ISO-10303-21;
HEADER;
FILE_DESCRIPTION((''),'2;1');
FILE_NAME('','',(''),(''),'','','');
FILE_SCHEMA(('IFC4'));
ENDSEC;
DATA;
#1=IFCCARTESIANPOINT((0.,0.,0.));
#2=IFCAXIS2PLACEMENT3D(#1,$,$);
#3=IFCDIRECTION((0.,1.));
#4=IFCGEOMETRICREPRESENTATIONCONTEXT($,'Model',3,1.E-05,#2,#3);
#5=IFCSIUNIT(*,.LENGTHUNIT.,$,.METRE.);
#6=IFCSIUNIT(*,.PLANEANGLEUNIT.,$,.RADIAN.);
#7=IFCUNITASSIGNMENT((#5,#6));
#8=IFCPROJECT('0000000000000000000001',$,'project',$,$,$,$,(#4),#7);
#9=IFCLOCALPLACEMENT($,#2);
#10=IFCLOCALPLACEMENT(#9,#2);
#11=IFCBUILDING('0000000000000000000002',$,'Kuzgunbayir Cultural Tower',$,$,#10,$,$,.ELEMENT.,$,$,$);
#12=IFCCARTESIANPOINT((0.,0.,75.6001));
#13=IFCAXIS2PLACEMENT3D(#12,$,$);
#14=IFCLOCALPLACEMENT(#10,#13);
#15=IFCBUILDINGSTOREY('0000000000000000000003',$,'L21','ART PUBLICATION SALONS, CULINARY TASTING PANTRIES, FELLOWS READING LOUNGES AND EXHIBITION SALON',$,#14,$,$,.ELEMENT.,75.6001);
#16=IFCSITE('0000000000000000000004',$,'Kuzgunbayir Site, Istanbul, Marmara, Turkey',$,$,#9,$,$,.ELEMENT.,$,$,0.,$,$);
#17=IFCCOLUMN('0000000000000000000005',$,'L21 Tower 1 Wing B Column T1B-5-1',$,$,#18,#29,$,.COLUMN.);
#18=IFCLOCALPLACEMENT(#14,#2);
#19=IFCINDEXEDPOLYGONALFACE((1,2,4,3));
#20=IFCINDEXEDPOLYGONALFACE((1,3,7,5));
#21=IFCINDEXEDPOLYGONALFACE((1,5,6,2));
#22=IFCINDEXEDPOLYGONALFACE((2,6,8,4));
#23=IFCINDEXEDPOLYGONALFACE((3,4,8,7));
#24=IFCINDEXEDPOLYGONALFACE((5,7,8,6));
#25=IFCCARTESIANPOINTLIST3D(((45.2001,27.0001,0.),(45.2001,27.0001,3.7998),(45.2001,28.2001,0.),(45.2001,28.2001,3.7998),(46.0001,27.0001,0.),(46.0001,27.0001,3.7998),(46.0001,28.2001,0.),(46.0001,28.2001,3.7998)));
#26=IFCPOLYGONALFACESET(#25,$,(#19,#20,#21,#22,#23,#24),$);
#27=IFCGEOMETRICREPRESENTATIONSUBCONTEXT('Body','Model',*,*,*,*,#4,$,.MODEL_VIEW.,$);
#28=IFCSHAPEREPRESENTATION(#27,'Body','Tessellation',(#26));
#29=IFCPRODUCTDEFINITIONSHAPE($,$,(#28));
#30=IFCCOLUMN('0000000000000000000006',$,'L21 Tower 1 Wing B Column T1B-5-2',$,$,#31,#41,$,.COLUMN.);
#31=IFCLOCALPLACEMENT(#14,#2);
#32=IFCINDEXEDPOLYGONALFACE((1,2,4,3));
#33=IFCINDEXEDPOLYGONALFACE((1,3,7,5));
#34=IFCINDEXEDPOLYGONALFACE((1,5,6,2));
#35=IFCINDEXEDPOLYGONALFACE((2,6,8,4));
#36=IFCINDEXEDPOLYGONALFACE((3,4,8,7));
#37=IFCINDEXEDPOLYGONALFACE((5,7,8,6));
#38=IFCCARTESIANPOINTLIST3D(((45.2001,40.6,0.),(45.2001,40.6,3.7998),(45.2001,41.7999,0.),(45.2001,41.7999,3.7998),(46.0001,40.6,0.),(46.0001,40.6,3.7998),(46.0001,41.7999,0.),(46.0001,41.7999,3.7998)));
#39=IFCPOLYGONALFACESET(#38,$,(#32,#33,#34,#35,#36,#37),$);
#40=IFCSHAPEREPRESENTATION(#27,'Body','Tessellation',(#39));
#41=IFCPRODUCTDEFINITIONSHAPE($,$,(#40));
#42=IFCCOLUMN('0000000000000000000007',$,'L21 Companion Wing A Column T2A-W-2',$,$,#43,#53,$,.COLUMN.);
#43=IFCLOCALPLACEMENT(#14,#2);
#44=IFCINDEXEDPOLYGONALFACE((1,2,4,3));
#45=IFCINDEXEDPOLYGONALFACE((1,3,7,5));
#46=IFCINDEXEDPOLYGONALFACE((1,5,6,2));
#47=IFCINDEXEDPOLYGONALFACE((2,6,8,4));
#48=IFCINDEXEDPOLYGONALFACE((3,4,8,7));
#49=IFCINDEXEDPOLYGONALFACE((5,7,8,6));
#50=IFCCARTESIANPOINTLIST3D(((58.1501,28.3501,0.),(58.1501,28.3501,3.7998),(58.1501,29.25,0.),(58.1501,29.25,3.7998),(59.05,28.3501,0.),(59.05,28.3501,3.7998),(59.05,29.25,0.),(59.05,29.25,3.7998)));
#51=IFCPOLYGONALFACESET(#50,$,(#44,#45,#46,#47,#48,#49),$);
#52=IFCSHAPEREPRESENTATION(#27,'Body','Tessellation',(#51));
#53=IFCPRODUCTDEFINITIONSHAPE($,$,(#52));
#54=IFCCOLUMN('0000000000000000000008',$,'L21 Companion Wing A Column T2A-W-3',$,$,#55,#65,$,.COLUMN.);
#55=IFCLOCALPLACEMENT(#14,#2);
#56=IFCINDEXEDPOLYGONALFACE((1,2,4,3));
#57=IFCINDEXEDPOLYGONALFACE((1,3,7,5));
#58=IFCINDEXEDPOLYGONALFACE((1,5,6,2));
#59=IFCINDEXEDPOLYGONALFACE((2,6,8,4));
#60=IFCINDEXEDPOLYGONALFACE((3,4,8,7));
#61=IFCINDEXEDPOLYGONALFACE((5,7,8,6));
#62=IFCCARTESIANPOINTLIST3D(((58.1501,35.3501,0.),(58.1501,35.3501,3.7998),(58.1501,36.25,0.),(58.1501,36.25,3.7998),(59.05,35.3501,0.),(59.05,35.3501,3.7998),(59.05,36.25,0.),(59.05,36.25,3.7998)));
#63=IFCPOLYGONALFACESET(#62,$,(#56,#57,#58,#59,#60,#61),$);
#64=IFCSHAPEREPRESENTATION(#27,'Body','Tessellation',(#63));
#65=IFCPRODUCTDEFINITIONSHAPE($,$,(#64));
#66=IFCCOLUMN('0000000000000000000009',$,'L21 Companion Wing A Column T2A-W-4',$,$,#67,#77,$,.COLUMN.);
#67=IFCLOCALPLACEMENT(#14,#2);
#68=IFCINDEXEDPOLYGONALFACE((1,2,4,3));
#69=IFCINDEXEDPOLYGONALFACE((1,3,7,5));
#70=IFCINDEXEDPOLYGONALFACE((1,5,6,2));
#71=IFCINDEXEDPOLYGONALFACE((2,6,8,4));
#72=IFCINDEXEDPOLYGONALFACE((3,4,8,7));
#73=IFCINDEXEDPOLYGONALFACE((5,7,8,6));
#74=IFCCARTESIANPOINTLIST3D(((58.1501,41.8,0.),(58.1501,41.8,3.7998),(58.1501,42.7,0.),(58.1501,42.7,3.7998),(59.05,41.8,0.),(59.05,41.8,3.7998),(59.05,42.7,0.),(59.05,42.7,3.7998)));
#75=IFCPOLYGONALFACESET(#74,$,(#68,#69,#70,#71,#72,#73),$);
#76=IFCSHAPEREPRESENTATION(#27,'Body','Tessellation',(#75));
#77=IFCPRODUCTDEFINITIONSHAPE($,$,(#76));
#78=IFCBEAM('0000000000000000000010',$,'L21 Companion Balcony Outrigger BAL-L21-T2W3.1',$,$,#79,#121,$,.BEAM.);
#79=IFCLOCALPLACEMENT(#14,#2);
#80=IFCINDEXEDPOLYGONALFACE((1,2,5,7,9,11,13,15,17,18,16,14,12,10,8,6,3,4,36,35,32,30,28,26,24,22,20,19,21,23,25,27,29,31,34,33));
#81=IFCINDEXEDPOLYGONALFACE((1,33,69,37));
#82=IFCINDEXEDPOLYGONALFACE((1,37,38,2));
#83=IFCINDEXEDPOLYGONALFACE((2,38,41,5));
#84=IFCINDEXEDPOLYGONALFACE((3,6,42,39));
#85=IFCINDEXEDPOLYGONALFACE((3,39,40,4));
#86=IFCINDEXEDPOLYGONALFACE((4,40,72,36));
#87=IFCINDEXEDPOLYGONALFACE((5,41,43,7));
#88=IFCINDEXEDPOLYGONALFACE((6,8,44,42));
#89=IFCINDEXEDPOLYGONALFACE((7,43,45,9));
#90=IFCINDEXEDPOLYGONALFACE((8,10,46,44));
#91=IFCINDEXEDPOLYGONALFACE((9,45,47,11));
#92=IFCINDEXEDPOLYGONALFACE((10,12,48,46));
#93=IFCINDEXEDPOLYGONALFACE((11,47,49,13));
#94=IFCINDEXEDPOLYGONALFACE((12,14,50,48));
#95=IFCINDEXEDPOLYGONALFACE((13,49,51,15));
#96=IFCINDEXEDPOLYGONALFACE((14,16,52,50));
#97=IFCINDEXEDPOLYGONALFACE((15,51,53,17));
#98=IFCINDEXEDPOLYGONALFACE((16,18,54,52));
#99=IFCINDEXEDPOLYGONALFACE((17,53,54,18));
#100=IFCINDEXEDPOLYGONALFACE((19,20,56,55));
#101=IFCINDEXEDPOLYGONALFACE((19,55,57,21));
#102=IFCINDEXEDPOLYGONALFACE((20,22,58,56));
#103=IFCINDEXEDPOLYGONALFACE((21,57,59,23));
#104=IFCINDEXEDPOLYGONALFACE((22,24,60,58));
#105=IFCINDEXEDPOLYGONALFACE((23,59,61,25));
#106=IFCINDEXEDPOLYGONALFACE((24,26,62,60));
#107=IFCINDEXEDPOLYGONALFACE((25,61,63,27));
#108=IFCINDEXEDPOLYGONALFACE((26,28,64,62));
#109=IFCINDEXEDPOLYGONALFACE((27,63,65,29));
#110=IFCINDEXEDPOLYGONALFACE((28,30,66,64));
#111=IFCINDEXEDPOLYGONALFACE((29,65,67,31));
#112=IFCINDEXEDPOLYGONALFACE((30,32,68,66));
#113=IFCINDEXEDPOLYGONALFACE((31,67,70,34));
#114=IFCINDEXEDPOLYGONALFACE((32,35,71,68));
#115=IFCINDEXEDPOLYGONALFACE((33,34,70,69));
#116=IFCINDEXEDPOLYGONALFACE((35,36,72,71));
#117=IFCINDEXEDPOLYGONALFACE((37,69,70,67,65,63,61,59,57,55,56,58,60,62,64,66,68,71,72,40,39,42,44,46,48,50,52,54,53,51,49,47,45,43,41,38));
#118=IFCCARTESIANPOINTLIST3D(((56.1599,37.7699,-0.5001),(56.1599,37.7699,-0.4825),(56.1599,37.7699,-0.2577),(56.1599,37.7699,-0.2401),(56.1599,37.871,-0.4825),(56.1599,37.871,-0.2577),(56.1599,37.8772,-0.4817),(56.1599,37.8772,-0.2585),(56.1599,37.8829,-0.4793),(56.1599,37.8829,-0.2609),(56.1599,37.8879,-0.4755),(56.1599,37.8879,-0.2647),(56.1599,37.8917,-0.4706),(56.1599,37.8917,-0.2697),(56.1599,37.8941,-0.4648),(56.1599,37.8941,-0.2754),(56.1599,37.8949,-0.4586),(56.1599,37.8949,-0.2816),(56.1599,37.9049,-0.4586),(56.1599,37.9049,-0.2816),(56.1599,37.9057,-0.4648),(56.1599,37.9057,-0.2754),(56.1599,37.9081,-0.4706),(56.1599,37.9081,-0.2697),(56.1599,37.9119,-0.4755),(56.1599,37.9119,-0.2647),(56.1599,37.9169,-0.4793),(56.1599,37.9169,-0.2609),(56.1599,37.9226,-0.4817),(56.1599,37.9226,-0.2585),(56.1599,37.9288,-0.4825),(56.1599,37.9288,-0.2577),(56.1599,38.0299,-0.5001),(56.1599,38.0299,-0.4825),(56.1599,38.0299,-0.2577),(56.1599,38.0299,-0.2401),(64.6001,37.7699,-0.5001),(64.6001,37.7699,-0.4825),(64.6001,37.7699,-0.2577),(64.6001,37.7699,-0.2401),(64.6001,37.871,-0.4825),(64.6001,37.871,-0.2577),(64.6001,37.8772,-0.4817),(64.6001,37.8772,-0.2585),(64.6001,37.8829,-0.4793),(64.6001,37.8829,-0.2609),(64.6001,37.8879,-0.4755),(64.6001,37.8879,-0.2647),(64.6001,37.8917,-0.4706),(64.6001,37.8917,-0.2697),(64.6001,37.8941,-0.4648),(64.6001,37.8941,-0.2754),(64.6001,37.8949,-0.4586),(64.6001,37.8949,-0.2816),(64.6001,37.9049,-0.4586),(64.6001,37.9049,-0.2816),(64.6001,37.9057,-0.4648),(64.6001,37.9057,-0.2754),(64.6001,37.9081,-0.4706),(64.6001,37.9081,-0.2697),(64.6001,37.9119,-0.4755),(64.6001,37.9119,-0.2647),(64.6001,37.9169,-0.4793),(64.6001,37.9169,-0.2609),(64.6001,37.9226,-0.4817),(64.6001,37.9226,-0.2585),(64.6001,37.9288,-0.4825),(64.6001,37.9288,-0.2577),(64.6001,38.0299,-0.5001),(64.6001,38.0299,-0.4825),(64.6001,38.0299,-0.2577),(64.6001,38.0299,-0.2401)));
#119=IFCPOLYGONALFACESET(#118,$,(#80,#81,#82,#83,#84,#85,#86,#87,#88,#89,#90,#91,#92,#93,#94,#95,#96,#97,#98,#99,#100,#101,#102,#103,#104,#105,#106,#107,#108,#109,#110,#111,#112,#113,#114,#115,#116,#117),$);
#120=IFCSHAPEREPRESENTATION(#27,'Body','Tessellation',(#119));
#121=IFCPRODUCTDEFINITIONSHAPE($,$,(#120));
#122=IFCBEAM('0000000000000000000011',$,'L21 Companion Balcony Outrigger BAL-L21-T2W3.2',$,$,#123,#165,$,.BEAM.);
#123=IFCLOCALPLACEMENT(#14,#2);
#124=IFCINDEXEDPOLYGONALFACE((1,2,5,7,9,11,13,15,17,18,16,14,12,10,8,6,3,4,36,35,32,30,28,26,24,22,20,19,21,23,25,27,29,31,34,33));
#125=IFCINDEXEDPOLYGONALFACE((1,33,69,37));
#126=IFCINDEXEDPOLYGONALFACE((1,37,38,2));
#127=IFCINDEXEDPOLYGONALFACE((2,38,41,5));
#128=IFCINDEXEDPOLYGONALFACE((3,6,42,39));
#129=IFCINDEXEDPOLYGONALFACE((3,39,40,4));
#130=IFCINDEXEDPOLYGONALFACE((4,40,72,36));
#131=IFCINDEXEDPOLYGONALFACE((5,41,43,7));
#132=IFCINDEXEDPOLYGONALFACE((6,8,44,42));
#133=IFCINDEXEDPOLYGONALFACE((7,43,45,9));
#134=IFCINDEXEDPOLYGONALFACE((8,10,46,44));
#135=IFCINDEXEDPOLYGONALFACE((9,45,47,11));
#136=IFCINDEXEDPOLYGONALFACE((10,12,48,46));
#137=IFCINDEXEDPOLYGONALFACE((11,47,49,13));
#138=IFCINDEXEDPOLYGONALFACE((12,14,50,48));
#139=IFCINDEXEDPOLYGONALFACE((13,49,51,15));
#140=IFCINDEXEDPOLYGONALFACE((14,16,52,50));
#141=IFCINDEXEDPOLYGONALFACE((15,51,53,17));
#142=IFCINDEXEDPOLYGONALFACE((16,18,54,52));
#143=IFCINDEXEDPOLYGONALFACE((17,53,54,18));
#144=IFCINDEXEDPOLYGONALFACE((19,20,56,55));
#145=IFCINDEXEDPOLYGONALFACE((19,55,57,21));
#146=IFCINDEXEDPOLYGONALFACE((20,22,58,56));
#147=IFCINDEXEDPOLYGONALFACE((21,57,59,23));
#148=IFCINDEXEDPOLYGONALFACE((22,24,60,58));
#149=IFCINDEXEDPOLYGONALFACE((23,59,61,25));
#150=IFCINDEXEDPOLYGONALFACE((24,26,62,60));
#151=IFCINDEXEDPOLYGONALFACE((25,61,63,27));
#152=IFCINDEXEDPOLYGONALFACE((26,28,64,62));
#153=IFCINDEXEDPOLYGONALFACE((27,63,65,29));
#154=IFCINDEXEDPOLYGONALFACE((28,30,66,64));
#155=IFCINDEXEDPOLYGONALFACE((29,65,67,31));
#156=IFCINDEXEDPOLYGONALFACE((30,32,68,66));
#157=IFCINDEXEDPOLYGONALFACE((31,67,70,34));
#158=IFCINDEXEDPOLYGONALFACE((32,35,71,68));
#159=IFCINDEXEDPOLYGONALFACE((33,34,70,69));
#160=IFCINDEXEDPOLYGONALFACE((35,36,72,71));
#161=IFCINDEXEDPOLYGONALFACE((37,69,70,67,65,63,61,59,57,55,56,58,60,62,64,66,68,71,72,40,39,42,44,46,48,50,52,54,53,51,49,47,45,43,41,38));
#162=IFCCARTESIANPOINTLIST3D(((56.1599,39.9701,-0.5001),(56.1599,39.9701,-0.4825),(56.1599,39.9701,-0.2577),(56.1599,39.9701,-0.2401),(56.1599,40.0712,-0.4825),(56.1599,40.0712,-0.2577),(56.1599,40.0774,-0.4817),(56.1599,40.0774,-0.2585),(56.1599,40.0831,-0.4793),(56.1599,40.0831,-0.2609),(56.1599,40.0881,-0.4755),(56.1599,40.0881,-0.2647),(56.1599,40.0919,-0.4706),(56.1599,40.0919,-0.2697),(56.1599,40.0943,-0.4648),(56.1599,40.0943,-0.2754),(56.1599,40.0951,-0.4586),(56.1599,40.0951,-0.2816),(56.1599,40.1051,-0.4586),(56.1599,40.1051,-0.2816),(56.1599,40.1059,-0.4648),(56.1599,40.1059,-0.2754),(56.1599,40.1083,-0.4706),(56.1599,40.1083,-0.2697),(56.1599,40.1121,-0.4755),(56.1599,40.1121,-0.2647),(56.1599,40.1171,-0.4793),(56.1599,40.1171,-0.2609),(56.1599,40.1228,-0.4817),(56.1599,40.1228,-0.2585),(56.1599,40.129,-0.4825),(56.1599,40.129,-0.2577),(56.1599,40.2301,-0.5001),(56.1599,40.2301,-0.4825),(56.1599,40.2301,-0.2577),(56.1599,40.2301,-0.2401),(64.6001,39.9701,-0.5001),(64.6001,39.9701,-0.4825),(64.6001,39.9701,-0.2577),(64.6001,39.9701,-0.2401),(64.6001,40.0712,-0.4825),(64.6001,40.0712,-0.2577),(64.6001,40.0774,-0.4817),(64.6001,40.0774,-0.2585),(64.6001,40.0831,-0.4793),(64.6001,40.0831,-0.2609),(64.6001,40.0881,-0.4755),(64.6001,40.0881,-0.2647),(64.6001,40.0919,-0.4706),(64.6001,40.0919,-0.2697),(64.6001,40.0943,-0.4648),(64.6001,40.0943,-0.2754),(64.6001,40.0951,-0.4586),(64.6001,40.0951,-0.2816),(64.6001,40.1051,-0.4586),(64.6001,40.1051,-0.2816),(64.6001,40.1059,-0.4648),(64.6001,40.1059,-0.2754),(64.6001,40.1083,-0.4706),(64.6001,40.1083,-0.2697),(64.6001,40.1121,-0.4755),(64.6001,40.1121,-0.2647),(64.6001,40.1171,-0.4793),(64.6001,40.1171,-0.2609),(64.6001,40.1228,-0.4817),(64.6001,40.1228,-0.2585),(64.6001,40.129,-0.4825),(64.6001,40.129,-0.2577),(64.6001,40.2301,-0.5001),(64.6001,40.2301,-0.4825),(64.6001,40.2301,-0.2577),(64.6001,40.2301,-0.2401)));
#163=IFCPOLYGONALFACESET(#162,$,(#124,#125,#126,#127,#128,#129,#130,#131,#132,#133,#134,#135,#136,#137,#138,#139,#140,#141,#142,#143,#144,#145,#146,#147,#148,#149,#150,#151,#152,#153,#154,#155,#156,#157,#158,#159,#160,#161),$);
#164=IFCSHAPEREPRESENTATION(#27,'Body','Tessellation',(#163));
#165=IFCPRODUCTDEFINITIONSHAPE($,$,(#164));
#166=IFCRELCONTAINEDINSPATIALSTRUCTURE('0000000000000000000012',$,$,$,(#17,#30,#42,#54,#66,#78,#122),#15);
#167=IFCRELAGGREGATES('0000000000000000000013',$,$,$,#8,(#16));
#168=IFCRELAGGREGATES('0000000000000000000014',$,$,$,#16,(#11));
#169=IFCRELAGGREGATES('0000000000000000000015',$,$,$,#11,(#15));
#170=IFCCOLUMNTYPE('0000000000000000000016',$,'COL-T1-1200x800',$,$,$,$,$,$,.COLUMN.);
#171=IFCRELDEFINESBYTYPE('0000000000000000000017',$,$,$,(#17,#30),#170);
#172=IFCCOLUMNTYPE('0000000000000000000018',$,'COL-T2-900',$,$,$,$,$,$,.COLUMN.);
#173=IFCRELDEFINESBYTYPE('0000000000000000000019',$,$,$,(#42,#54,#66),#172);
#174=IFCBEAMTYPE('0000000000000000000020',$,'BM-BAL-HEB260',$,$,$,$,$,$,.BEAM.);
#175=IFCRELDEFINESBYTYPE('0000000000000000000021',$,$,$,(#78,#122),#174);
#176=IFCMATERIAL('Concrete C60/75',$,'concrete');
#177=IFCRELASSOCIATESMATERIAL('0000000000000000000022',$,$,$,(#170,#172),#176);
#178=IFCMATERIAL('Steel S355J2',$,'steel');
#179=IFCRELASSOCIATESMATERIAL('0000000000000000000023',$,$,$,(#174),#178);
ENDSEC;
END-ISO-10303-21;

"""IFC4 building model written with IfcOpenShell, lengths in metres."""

from ifc_helpers import new_model, si_unit, direction, frame, origin, origin_2d, place, context, subcontext, project, spatial, rectangle, i_section, extrude, material, material_profile, profile_set, type_object, element, save


model = new_model("IFC4")

# Units and contexts
model_context = context("Model", 3, precision=1e-05, world=origin(), true_north=direction((0.0, 1.0)))
body_context = subcontext(model_context, "Body", "Model", "MODEL_VIEW")
ifc_project = project(units=[si_unit("LENGTHUNIT", "METRE"), si_unit("PLANEANGLEUNIT", "RADIAN")], contexts=[model_context])

# Site, building, storey
site_placement = place(None, origin())
site = spatial("IfcSite", under=ifc_project, at=site_placement, Name="Kuzgunbayir Site, Istanbul, Marmara, Turkey", CompositionType="ELEMENT", RefElevation=0.0)
building_placement = place(site_placement, origin())
building = spatial("IfcBuilding", under=site, at=building_placement, Name="Kuzgunbayir Cultural Tower", CompositionType="ELEMENT")
storey_placement = place(building_placement, frame((0.0, 0.0, 75.6001)))
storey = spatial("IfcBuildingStorey", under=building, at=storey_placement, Name="L21", Description="ART PUBLICATION SALONS, CULINARY TASTING PANTRIES, FELLOWS READING LOUNGES AND EXHIBITION SALON", CompositionType="ELEMENT", Elevation=75.6001)

# Columns
ifc_material_1 = material(Name="Concrete C60/75", Category="concrete")
ifc_material_profile_1 = material_profile(ifc_material_1, rectangle(XDim=0.8, YDim=1.2, at=origin_2d()), Name="RC 1200x800")
ifc_profile_set_1 = profile_set([ifc_material_profile_1], Name="Concrete C60/75")
column_type_1 = type_object("IfcColumnType", Name="COL-T1-1200x800", PredefinedType="COLUMN", material=ifc_profile_set_1)
for number, where, z_axis, x_axis, name in (
    (1, (45.6001, 27.6001, 0.0), (0.0, 0.0, 1.0), (1.0, 0.0, 0.0), "L21 Tower 1 Wing B Column T1B-5-1"),
    (2, (45.6001, 41.2, 0.0), (0.0, 0.0, 1.0), (1.0, 0.0, 0.0), "L21 Tower 1 Wing B Column T1B-5-2"),
):
    element("IfcColumn", number, at=place(storey_placement, frame(where, z_axis=z_axis, x_axis=x_axis)), inside=storey, type_object=column_type_1, Name=name, PredefinedType="COLUMN", context=body_context, shape_type="SweptSolid", body=[
        extrude(rectangle(XDim=0.8, YDim=1.2, at=origin_2d()), origin(), (0.0, 0.0, 1.0), 3.7998),
    ])
ifc_material_profile_2 = material_profile(ifc_material_1, rectangle(XDim=0.8999, YDim=0.8999, at=origin_2d()), Name="RC 900x900")
ifc_profile_set_2 = profile_set([ifc_material_profile_2], Name="Concrete C60/75")
column_type_2 = type_object("IfcColumnType", Name="COL-T2-900", PredefinedType="COLUMN", material=ifc_profile_set_2)
for number, where, z_axis, x_axis, name in (
    (3, (58.6001, 28.8, 0.0), (0.0, 0.0, 1.0), (1.0, 0.0, 0.0), "L21 Companion Wing A Column T2A-W-2"),
    (4, (58.6001, 35.8, 0.0), (0.0, 0.0, 1.0), (1.0, 0.0, 0.0), "L21 Companion Wing A Column T2A-W-3"),
    (5, (58.6001, 42.25, 0.0), (0.0, 0.0, 1.0), (1.0, 0.0, 0.0), "L21 Companion Wing A Column T2A-W-4"),
):
    element("IfcColumn", number, at=place(storey_placement, frame(where, z_axis=z_axis, x_axis=x_axis)), inside=storey, type_object=column_type_2, Name=name, PredefinedType="COLUMN", context=body_context, shape_type="SweptSolid", body=[
        extrude(rectangle(XDim=0.8999, YDim=0.8999, at=origin_2d()), origin(), (0.0, 0.0, 1.0), 3.7998),
    ])

# Beams
ifc_material_2 = material(Name="Steel S355J2", Category="steel")
ifc_material_profile_3 = material_profile(ifc_material_2, i_section(OverallWidth=0.26, OverallDepth=0.26, WebThickness=0.01, FlangeThickness=0.0176, FilletRadius=0.0239, at=origin_2d()), Name="HEB 260")
ifc_profile_set_3 = profile_set([ifc_material_profile_3], Name="Steel S355J2")
beam_type_1 = type_object("IfcBeamType", Name="BM-BAL-HEB260", PredefinedType="BEAM", material=ifc_profile_set_3)
for number, where, z_axis, x_axis, name in (
    (6, (56.1599, 37.8999, -0.3701), (1.0, 0.0, 0.0), (0.0, 1.0, 0.0), "L21 Companion Balcony Outrigger BAL-L21-T2W3.1"),
    (7, (56.1599, 40.1001, -0.3701), (1.0, 0.0, 0.0), (0.0, 1.0, 0.0), "L21 Companion Balcony Outrigger BAL-L21-T2W3.2"),
):
    element("IfcBeam", number, at=place(storey_placement, frame(where, z_axis=z_axis, x_axis=x_axis)), inside=storey, type_object=beam_type_1, Name=name, PredefinedType="BEAM", context=body_context, shape_type="SweptSolid", body=[
        extrude(i_section(OverallWidth=0.26, OverallDepth=0.26, WebThickness=0.01, FlangeThickness=0.0176, FilletRadius=0.0239, at=origin_2d()), origin(), (0.0, 0.0, 1.0), 8.4402),
    ])

save(model, "model.ifc")
